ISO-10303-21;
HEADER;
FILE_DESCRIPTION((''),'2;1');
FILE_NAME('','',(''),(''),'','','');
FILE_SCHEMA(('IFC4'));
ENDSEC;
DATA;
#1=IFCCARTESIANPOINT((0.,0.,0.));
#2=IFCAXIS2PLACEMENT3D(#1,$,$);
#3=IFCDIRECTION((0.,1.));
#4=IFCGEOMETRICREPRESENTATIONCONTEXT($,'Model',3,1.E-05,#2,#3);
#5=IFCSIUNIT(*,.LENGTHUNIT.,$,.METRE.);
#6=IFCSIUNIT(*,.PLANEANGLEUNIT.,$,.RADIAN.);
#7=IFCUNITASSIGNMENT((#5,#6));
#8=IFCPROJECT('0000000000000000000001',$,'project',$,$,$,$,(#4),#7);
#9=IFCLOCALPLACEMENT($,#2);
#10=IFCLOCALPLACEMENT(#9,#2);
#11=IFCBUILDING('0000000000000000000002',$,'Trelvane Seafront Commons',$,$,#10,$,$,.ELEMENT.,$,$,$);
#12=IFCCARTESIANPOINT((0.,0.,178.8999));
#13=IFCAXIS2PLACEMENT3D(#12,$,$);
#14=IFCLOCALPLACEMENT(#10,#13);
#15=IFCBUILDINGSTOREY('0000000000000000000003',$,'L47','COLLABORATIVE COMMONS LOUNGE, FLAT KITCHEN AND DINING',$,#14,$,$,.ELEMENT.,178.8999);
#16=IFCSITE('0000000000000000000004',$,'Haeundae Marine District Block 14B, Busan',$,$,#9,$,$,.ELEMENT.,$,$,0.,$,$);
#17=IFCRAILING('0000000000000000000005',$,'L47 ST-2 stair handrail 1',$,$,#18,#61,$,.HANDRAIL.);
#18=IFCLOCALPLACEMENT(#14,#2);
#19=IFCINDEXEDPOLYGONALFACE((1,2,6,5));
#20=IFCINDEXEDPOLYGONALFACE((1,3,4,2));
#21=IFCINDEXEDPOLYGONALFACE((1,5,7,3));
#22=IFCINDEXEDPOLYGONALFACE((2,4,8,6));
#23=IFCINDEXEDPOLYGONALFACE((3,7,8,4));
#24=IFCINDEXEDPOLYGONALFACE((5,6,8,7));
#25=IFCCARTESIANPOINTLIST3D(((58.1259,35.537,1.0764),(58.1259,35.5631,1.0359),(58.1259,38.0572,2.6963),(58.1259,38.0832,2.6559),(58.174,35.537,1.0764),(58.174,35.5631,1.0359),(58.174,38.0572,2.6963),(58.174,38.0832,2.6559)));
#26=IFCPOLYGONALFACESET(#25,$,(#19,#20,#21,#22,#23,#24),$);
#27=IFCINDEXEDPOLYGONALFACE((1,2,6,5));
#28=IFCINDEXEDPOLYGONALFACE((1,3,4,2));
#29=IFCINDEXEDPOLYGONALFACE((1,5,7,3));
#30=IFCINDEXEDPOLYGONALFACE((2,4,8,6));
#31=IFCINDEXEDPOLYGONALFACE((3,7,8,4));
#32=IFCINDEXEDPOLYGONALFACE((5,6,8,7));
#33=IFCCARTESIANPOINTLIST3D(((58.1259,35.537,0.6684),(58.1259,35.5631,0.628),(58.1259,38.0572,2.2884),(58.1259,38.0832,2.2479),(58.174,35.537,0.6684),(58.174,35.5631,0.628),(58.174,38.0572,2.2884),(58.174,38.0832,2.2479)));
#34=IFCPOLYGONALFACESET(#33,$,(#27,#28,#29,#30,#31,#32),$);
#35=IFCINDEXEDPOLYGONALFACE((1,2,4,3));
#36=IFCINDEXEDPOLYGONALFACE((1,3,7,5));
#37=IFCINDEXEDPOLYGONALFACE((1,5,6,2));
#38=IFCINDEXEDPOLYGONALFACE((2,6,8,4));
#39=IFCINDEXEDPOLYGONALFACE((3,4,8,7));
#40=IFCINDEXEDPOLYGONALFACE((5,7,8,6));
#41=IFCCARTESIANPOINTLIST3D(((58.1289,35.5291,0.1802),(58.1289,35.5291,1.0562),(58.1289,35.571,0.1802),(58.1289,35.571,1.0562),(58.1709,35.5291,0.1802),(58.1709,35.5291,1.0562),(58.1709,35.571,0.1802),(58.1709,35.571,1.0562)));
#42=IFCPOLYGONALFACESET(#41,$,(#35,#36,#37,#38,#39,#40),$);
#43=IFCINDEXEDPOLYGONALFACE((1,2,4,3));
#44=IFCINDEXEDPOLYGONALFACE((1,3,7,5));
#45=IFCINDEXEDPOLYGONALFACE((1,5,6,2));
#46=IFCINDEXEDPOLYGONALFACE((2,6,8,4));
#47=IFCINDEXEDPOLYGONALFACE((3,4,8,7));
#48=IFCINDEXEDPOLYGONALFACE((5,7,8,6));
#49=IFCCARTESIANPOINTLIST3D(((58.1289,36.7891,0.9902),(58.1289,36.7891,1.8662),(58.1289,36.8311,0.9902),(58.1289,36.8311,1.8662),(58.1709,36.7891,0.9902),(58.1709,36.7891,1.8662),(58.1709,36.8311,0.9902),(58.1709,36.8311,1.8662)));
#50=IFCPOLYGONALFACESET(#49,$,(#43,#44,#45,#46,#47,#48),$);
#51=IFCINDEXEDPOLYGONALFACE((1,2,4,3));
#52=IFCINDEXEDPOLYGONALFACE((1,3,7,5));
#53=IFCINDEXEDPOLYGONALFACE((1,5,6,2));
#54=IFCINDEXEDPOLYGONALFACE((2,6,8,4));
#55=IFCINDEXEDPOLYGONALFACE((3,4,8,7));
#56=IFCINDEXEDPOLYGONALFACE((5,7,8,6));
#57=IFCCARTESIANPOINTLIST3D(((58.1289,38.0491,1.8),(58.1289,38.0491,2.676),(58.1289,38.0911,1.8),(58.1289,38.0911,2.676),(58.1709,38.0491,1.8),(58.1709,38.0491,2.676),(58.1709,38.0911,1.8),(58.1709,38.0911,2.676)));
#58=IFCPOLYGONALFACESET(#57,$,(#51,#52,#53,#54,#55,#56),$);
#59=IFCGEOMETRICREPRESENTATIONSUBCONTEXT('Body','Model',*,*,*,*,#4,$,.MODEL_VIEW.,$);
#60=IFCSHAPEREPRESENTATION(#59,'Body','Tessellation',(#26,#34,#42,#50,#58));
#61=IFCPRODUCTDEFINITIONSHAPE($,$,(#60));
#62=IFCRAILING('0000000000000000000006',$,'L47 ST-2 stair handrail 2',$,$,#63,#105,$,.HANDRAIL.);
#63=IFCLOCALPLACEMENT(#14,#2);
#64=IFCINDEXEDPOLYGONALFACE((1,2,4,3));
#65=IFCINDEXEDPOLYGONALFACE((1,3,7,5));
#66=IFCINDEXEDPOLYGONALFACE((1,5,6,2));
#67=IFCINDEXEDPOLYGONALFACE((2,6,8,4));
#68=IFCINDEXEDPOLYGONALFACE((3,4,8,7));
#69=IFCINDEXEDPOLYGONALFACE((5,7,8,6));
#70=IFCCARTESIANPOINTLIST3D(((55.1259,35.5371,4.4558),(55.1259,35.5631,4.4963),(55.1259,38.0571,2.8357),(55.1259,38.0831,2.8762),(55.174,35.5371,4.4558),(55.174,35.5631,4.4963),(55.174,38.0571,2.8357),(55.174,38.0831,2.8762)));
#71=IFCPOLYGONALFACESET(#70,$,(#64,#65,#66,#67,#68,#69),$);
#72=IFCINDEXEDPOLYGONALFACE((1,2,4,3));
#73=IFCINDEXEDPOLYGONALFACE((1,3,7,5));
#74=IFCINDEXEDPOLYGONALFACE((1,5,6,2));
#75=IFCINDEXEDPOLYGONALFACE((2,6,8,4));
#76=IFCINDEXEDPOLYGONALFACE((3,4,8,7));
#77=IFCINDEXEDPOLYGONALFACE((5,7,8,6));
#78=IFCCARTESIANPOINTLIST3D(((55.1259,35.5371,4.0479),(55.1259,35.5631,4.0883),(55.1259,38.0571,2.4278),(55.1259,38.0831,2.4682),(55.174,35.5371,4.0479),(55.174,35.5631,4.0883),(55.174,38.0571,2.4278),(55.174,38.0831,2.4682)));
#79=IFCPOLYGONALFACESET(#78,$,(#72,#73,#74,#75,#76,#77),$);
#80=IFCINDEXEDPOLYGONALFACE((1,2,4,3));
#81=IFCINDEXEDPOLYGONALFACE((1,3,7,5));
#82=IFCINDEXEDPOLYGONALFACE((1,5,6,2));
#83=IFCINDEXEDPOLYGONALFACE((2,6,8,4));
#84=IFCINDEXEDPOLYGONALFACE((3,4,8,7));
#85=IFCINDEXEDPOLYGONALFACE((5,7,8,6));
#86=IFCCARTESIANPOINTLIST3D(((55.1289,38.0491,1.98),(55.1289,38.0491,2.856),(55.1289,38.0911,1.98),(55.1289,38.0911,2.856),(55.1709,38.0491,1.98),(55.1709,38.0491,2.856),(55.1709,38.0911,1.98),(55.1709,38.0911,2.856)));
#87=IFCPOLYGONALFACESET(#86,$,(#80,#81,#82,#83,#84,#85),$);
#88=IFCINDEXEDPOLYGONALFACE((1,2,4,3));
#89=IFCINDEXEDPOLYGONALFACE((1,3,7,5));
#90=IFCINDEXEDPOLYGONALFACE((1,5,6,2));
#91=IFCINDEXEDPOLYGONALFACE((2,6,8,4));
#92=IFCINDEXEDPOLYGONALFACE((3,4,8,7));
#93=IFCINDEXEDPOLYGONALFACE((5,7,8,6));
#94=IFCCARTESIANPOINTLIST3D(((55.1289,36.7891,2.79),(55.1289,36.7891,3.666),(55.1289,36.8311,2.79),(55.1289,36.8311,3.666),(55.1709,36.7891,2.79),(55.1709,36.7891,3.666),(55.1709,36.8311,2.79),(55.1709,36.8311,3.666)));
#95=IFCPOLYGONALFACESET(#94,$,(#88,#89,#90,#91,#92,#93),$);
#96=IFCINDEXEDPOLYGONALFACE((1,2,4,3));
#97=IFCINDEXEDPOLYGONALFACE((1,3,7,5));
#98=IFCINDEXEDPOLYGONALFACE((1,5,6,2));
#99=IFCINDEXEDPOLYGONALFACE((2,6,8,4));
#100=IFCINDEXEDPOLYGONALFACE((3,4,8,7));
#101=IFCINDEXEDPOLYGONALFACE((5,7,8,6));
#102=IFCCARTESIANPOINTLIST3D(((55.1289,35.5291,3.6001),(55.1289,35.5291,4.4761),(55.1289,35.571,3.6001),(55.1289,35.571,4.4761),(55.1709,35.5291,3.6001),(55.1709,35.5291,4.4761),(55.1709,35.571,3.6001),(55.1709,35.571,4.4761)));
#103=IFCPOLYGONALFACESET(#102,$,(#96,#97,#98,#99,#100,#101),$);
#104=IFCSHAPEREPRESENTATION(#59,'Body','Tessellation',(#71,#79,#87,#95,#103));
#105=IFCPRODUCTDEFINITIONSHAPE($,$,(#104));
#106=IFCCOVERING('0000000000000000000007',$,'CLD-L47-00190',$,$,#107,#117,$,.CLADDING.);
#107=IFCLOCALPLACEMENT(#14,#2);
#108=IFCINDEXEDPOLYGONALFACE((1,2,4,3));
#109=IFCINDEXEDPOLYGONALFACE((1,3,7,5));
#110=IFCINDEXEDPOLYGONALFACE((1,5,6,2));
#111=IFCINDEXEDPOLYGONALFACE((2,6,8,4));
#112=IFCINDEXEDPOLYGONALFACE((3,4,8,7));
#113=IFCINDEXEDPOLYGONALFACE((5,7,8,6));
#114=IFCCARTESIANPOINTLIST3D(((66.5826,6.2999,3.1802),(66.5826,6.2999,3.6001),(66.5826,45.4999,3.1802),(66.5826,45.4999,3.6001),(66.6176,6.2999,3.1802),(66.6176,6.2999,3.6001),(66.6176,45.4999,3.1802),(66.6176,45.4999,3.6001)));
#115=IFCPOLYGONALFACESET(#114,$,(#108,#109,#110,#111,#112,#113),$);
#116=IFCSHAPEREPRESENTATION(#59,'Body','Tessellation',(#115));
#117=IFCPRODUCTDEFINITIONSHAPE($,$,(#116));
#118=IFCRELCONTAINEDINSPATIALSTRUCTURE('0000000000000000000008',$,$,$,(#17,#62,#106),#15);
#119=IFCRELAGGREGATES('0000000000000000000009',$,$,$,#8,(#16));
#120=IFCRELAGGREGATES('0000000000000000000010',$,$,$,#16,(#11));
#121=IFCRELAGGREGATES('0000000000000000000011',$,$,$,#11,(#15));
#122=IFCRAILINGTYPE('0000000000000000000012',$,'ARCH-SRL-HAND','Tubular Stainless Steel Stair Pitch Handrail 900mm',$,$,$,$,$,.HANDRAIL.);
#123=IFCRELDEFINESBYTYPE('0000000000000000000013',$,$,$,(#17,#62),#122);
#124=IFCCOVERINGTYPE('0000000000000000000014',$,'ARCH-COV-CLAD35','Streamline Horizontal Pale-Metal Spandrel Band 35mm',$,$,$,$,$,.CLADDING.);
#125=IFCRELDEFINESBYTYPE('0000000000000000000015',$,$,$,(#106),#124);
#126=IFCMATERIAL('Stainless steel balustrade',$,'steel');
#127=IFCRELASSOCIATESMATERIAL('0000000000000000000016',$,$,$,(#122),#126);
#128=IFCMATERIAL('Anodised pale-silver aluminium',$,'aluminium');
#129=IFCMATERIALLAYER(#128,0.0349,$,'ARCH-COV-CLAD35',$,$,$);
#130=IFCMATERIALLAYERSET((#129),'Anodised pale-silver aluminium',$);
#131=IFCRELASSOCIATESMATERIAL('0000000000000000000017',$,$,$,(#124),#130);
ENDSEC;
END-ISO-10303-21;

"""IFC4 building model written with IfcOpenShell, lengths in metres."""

from ifc_helpers import new_model, si_unit, direction, frame, origin, origin_2d, place, context, subcontext, project, spatial, rectangle, extrude, source, transform, mapped, material, layer, layer_set, type_object, element, save


model = new_model("IFC4")

# Units and contexts
model_context = context("Model", 3, precision=1e-05, world=origin(), true_north=direction((0.0, 1.0)))
body_context = subcontext(model_context, "Body", "Model", "MODEL_VIEW")
ifc_project = project(units=[si_unit("LENGTHUNIT", "METRE"), si_unit("PLANEANGLEUNIT", "RADIAN")], contexts=[model_context])

# Site, building, storey
site_placement = place(None, origin())
site = spatial("IfcSite", under=ifc_project, at=site_placement, Name="Haeundae Marine District Block 14B, Busan", CompositionType="ELEMENT", RefElevation=0.0)
building_placement = place(site_placement, origin())
building = spatial("IfcBuilding", under=site, at=building_placement, Name="Trelvane Seafront Commons", CompositionType="ELEMENT")
storey_placement = place(building_placement, frame((0.0, 0.0, 178.8999)))
storey = spatial("IfcBuildingStorey", under=building, at=storey_placement, Name="L47", Description="COLLABORATIVE COMMONS LOUNGE, FLAT KITCHEN AND DINING", CompositionType="ELEMENT", Elevation=178.8999)

# Railings
ifc_material_1 = material(Name="Stainless steel balustrade", Category="steel")
railing_type_1 = type_object("IfcRailingType", Name="ARCH-SRL-HAND", Description="Tubular Stainless Steel Stair Pitch Handrail 900mm", PredefinedType="HANDRAIL", material=ifc_material_1)
railing_1_placement = place(storey_placement, frame((58.1499, 35.55, 0.1802)))
element("IfcRailing", 1, at=railing_1_placement, inside=storey, type_object=railing_type_1, Name="L47 ST-2 stair handrail 1", PredefinedType="HANDRAIL", context=body_context, shape_type="SweptSolid", body=[
    extrude(rectangle(XDim=0.0481, YDim=0.0481, at=origin_2d()), frame((0.0, 0.0, 0.876), z_axis=(0.0, 0.8412, 0.540725), x_axis=(-1.0, 0.0, 0.0)), (0.0, 0.0, 1.0), 2.9958),
    extrude(rectangle(XDim=0.0481, YDim=0.0481, at=origin_2d()), frame((0.0, 0.0, 0.468), z_axis=(0.0, 0.8412, 0.540725), x_axis=(-1.0, 0.0, 0.0)), (0.0, 0.0, 1.0), 2.9958),
    extrude(rectangle(XDim=0.042, YDim=0.042, at=origin_2d()), origin(), (0.0, 0.0, 1.0), 0.876),
    extrude(rectangle(XDim=0.042, YDim=0.042, at=origin_2d()), frame((0.0, 1.26, 0.8101)), (0.0, 0.0, 1.0), 0.876),
    extrude(rectangle(XDim=0.042, YDim=0.042, at=origin_2d()), frame((0.0, 2.52, 1.6199)), (0.0, 0.0, 1.0), 0.876),
])
railing_2_placement = place(storey_placement, frame((55.1499, 38.0701, 1.98)))
element("IfcRailing", 2, at=railing_2_placement, inside=storey, type_object=railing_type_1, Name="L47 ST-2 stair handrail 2", PredefinedType="HANDRAIL", context=body_context, shape_type="SweptSolid", body=[
    extrude(rectangle(XDim=0.0481, YDim=0.0481, at=origin_2d()), frame((0.0, 0.0, 0.876), z_axis=(0.0, -0.841163, 0.540782), x_axis=(1.0, 0.0, 0.0)), (0.0, 0.0, 1.0), 2.9958),
    extrude(rectangle(XDim=0.0481, YDim=0.0481, at=origin_2d()), frame((0.0, 0.0, 0.468), z_axis=(0.0, -0.841163, 0.540782), x_axis=(1.0, 0.0, 0.0)), (0.0, 0.0, 1.0), 2.9958),
    extrude(rectangle(XDim=0.042, YDim=0.042, at=origin_2d()), origin(), (0.0, 0.0, 1.0), 0.876),
    extrude(rectangle(XDim=0.042, YDim=0.042, at=origin_2d()), frame((0.0, -1.26, 0.8101)), (0.0, 0.0, 1.0), 0.876),
    extrude(rectangle(XDim=0.042, YDim=0.042, at=origin_2d()), frame((0.0, -2.52, 1.6201)), (0.0, 0.0, 1.0), 0.876),
])

# Covering
ifc_material_2 = material(Name="Anodised pale-silver aluminium", Category="aluminium")
ifc_layer_1 = layer(ifc_material_2, 0.0349, Name="ARCH-COV-CLAD35")
ifc_layer_set_1 = layer_set([ifc_layer_1], Name="Anodised pale-silver aluminium")
covering_type = type_object("IfcCoveringType", Name="ARCH-COV-CLAD35", Description="Streamline Horizontal Pale-Metal Spandrel Band 35mm", PredefinedType="CLADDING", material=ifc_layer_set_1)
shared_shape_1 = source(origin(), body_context, "Body", "SweptSolid", [
    extrude(rectangle(XDim=39.2, YDim=0.0349, at=origin_2d()), origin(), (0.0, 0.0, 1.0), 0.4199),
])
covering_placement = place(storey_placement, frame((66.6001, 25.8999, 3.1802), z_axis=(0.0, 0.0, 1.0), x_axis=(0.0, -1.0, 0.0)))
element("IfcCovering", 3, at=covering_placement, inside=storey, type_object=covering_type, Name="CLD-L47-00190", PredefinedType="CLADDING", context=body_context, shape_type="MappedRepresentation", body=[
    mapped(shared_shape_1, transform((0.0, 0.0, 0.0), x_axis=(1.0, 0.0, 0.0), y_axis=(0.0, 1.0, 0.0), z_axis=(0.0, 0.0, 1.0), scale=1.0)),
])

save(model, "model.ifc")
